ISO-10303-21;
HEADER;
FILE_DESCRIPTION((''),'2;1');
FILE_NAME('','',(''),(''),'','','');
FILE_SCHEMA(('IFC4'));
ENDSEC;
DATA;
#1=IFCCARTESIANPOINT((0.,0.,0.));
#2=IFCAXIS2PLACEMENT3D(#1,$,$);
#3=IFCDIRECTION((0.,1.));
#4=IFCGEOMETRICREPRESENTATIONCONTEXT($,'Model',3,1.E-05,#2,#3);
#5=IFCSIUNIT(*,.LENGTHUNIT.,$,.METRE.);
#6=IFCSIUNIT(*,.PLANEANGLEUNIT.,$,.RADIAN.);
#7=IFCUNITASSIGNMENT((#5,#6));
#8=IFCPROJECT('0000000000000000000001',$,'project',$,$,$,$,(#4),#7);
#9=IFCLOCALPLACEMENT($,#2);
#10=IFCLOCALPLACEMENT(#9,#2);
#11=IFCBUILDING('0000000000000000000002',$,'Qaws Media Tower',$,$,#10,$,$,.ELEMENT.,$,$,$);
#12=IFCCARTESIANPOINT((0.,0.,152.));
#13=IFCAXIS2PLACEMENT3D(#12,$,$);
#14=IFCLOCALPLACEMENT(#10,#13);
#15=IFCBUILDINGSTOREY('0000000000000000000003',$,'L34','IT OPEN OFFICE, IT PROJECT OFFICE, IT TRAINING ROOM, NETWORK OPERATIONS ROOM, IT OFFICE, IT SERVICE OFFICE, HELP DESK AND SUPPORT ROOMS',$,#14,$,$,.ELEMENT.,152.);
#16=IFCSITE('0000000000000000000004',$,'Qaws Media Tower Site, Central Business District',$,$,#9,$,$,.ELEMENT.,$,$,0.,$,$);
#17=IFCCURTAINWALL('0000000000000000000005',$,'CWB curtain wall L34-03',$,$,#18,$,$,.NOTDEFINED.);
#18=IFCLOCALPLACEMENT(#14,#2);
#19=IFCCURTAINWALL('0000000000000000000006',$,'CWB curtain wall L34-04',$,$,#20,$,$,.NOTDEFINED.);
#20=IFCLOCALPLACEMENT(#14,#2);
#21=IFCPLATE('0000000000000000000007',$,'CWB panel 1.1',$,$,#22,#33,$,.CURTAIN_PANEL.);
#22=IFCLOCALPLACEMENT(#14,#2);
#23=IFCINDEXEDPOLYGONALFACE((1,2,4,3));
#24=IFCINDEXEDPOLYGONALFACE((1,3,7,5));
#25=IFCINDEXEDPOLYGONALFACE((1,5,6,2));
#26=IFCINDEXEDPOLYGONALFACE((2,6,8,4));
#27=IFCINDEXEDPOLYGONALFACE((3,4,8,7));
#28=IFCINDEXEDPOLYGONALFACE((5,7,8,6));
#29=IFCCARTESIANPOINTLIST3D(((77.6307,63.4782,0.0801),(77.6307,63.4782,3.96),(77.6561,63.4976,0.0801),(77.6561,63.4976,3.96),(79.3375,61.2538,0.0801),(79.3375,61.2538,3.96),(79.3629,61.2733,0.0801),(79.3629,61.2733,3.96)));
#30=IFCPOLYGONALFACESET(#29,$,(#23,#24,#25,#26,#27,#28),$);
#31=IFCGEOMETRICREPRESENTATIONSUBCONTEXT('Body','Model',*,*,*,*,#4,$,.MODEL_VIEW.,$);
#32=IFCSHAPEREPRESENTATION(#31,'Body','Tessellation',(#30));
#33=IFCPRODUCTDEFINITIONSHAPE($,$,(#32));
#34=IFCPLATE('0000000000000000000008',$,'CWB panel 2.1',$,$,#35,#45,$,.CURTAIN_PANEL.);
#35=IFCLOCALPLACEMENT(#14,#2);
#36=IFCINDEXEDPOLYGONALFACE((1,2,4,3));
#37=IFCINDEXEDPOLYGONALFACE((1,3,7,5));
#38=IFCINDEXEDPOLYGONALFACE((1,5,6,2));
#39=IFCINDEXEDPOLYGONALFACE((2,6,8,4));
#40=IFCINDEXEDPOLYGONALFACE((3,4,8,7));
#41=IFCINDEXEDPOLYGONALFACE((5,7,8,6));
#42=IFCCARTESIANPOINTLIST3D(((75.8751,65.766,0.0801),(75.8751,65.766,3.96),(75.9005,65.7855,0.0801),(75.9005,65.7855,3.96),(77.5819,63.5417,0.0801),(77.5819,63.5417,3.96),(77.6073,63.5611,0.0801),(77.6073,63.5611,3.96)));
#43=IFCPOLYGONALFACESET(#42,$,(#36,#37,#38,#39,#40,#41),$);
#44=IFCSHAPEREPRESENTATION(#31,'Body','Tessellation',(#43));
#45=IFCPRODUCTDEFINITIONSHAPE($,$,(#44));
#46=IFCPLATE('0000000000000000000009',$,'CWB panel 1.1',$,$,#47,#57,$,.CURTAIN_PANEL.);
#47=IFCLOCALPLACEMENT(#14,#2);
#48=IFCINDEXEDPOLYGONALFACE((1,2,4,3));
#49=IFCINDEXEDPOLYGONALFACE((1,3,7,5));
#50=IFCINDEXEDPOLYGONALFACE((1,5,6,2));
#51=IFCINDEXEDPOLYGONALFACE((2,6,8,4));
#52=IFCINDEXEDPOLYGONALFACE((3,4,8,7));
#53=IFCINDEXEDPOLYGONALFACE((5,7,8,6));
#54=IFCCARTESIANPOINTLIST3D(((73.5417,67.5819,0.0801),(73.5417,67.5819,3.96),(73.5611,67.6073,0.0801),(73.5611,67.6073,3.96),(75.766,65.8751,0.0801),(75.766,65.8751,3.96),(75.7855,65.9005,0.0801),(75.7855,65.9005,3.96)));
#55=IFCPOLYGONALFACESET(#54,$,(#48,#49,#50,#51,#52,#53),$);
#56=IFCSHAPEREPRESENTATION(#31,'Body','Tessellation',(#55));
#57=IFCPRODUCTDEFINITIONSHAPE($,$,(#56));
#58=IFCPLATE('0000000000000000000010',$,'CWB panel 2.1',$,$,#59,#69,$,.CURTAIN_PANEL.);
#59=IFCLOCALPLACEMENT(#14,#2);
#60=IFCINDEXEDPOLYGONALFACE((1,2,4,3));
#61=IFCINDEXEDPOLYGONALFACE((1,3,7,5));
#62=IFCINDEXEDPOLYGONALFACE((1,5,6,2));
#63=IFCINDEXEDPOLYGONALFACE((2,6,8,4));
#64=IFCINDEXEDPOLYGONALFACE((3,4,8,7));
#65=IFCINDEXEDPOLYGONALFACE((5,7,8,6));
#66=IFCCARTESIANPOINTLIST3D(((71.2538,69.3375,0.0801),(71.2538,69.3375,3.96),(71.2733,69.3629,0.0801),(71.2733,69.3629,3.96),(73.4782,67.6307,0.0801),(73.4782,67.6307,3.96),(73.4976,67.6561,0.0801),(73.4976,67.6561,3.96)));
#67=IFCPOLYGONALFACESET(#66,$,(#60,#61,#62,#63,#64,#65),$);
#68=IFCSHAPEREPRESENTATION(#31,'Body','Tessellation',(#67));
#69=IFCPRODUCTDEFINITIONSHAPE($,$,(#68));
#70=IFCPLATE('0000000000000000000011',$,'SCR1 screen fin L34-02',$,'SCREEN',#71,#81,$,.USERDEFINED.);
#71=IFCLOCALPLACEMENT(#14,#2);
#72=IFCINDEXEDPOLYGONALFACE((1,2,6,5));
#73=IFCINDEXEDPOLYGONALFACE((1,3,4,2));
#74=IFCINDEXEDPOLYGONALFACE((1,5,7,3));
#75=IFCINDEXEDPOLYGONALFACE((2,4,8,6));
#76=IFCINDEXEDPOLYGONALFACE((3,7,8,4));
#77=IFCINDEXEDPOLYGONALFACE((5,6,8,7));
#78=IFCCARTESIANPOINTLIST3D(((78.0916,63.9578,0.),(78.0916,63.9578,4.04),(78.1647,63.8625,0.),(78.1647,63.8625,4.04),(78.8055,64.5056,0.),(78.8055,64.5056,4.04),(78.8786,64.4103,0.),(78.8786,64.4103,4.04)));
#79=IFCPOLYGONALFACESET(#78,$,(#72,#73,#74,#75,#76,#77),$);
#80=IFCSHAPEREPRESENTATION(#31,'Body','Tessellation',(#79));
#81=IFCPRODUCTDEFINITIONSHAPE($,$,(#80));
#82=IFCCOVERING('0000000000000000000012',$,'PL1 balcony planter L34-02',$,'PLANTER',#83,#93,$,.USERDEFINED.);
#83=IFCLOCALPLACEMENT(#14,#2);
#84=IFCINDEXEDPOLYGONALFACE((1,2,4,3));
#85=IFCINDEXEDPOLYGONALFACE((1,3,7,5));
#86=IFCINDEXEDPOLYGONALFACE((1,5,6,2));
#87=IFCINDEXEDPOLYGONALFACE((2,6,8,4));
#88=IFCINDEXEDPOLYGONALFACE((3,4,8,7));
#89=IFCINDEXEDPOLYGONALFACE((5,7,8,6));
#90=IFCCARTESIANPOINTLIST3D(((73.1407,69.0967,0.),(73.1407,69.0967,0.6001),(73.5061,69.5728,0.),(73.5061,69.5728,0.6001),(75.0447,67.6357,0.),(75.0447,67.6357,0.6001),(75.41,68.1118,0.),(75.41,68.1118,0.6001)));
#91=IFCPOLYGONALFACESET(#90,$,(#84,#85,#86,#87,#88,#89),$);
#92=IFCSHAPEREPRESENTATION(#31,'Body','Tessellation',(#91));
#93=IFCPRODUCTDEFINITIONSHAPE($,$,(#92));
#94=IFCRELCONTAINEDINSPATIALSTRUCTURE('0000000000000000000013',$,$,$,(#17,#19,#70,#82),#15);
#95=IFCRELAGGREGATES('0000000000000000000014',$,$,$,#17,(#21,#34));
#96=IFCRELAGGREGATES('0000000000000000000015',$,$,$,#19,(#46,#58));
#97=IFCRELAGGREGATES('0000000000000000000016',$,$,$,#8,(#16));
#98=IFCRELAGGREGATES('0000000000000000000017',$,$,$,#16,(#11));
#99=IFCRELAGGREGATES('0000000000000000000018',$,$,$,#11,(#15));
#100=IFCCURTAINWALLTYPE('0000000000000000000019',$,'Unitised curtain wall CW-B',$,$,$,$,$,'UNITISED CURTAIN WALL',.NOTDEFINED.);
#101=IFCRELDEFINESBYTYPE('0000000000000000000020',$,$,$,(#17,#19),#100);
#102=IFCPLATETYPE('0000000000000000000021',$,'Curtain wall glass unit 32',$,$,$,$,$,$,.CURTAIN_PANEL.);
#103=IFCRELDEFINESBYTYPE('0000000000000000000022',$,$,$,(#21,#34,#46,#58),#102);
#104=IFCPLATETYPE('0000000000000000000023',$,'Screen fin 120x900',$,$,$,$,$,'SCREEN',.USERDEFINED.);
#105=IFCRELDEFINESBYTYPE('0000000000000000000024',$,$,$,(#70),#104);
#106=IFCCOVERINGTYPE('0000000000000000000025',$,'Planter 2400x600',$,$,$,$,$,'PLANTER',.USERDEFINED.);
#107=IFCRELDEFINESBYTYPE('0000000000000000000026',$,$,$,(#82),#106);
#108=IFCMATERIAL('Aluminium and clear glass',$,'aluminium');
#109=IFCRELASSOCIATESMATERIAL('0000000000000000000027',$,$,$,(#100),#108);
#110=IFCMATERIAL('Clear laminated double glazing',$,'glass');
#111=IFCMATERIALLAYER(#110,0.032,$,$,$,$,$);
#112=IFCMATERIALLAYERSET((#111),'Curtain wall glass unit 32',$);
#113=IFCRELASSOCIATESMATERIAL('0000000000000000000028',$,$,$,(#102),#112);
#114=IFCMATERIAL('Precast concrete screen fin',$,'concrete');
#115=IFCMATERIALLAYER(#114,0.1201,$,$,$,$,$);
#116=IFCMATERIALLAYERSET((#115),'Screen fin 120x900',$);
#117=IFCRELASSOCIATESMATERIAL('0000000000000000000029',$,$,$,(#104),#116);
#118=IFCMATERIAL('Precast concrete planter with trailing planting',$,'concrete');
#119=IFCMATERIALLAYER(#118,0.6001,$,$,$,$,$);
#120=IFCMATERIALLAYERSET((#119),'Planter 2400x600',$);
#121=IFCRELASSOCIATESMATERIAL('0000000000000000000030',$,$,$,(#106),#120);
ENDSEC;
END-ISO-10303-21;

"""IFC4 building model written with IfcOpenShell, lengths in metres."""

from ifc_helpers import new_model, si_unit, direction, frame, origin, origin_2d, place, context, subcontext, project, spatial, rectangle, extrude, material, layer, layer_set, type_object, element, aggregate, save


model = new_model("IFC4")

# Units and contexts
model_context = context("Model", 3, precision=1e-05, world=origin(), true_north=direction((0.0, 1.0)))
body_context = subcontext(model_context, "Body", "Model", "MODEL_VIEW")
ifc_project = project(units=[si_unit("LENGTHUNIT", "METRE"), si_unit("PLANEANGLEUNIT", "RADIAN")], contexts=[model_context])

# Site, building, storey
site_placement = place(None, origin())
site = spatial("IfcSite", under=ifc_project, at=site_placement, Name="Qaws Media Tower Site, Central Business District", CompositionType="ELEMENT", RefElevation=0.0)
building_placement = place(site_placement, origin())
building = spatial("IfcBuilding", under=site, at=building_placement, Name="Qaws Media Tower", CompositionType="ELEMENT")
storey_placement = place(building_placement, frame((0.0, 0.0, 152.0)))
storey = spatial("IfcBuildingStorey", under=building, at=storey_placement, Name="L34", Description="IT OPEN OFFICE, IT PROJECT OFFICE, IT TRAINING ROOM, NETWORK OPERATIONS ROOM, IT OFFICE, IT SERVICE OFFICE, HELP DESK AND SUPPORT ROOMS", CompositionType="ELEMENT", Elevation=152.0)

# Shared definitions
ifc_material_1 = material(Name="Aluminium and clear glass", Category="aluminium")
curtain_wall_type = type_object("IfcCurtainWallType", Name="Unitised curtain wall CW-B", ElementType="UNITISED CURTAIN WALL", PredefinedType="NOTDEFINED", material=ifc_material_1)

# Curtain walls
curtain_wall_1_placement = place(storey_placement, origin())
curtain_wall_1 = element("IfcCurtainWall", 1, at=curtain_wall_1_placement, inside=storey, type_object=curtain_wall_type, Name="CWB curtain wall L34-03", PredefinedType="NOTDEFINED")
curtain_wall_2_placement = place(storey_placement, origin())
curtain_wall_2 = element("IfcCurtainWall", 2, at=curtain_wall_2_placement, inside=storey, type_object=curtain_wall_type, Name="CWB curtain wall L34-04", PredefinedType="NOTDEFINED")

# Plates
ifc_material_2 = material(Name="Clear laminated double glazing", Category="glass")
ifc_layer_1 = layer(ifc_material_2, 0.032)
ifc_layer_set_1 = layer_set([ifc_layer_1], Name="Curtain wall glass unit 32")
plate_type_1 = type_object("IfcPlateType", Name="Curtain wall glass unit 32", PredefinedType="CURTAIN_PANEL", material=ifc_layer_set_1)
plate_1_placement = place(storey_placement, frame((78.4968, 62.3757, 0.0801), z_axis=(0.0, 0.0, 1.0), x_axis=(-0.608761, 0.793353, 0.0)))
plate_1 = element("IfcPlate", 3, at=plate_1_placement, type_object=plate_type_1, Name="CWB panel 1.1", PredefinedType="CURTAIN_PANEL", context=body_context, shape_type="SweptSolid", body=[
    extrude(rectangle(XDim=2.8037, YDim=0.032, at=origin_2d()), origin(), (0.0, 0.0, 1.0), 3.8799),
])
plate_2_placement = place(storey_placement, frame((76.7412, 64.6636, 0.0801), z_axis=(0.0, 0.0, 1.0), x_axis=(-0.608761, 0.793353, 0.0)))
plate_2 = element("IfcPlate", 4, at=plate_2_placement, type_object=plate_type_1, Name="CWB panel 2.1", PredefinedType="CURTAIN_PANEL", context=body_context, shape_type="SweptSolid", body=[
    extrude(rectangle(XDim=2.8037, YDim=0.032, at=origin_2d()), origin(), (0.0, 0.0, 1.0), 3.8799),
])
aggregate(curtain_wall_1, [plate_1, plate_2])
plate_3_placement = place(storey_placement, frame((74.6636, 66.7412, 0.0801), z_axis=(0.0, 0.0, 1.0), x_axis=(-0.793353, 0.608761, 0.0)))
plate_3 = element("IfcPlate", 5, at=plate_3_placement, type_object=plate_type_1, Name="CWB panel 1.1", PredefinedType="CURTAIN_PANEL", context=body_context, shape_type="SweptSolid", body=[
    extrude(rectangle(XDim=2.8037, YDim=0.032, at=origin_2d()), origin(), (0.0, 0.0, 1.0), 3.8799),
])
plate_4_placement = place(storey_placement, frame((72.3757, 68.4968, 0.0801), z_axis=(0.0, 0.0, 1.0), x_axis=(-0.793353, 0.608761, 0.0)))
plate_4 = element("IfcPlate", 6, at=plate_4_placement, type_object=plate_type_1, Name="CWB panel 2.1", PredefinedType="CURTAIN_PANEL", context=body_context, shape_type="SweptSolid", body=[
    extrude(rectangle(XDim=2.8037, YDim=0.032, at=origin_2d()), origin(), (0.0, 0.0, 1.0), 3.8799),
])
aggregate(curtain_wall_2, [plate_3, plate_4])
ifc_material_3 = material(Name="Precast concrete screen fin", Category="concrete")
ifc_layer_2 = layer(ifc_material_3, 0.1201)
ifc_layer_set_2 = layer_set([ifc_layer_2], Name="Screen fin 120x900")
plate_type_2 = type_object("IfcPlateType", Name="Screen fin 120x900", ElementType="SCREEN", PredefinedType="USERDEFINED", material=ifc_layer_set_2)
plate_5_placement = place(storey_placement, frame((78.4851, 64.1841, 0.0), z_axis=(0.0, 0.0, 1.0), x_axis=(0.793353, 0.608761, 0.0)))
element("IfcPlate", 7, at=plate_5_placement, inside=storey, type_object=plate_type_2, Name="SCR1 screen fin L34-02", ObjectType="SCREEN", PredefinedType="USERDEFINED", context=body_context, shape_type="SweptSolid", body=[
    extrude(rectangle(XDim=0.8999, YDim=0.1201, at=origin_2d()), origin(), (0.0, 0.0, 1.0), 4.04),
])

# Covering
ifc_material_4 = material(Name="Precast concrete planter with trailing planting", Category="concrete")
ifc_layer_3 = layer(ifc_material_4, 0.6001)
ifc_layer_set_3 = layer_set([ifc_layer_3], Name="Planter 2400x600")
covering_type = type_object("IfcCoveringType", Name="Planter 2400x600", ElementType="PLANTER", PredefinedType="USERDEFINED", material=ifc_layer_set_3)
covering_placement = place(storey_placement, frame((74.2754, 68.6042, 0.0), z_axis=(0.0, 0.0, 1.0), x_axis=(-0.793353, 0.608761, 0.0)))
element("IfcCovering", 8, at=covering_placement, inside=storey, type_object=covering_type, Name="PL1 balcony planter L34-02", ObjectType="PLANTER", PredefinedType="USERDEFINED", context=body_context, shape_type="SweptSolid", body=[
    extrude(rectangle(XDim=2.3999, YDim=0.6001, at=origin_2d()), origin(), (0.0, 0.0, 1.0), 0.6001),
])

save(model, "model.ifc")
